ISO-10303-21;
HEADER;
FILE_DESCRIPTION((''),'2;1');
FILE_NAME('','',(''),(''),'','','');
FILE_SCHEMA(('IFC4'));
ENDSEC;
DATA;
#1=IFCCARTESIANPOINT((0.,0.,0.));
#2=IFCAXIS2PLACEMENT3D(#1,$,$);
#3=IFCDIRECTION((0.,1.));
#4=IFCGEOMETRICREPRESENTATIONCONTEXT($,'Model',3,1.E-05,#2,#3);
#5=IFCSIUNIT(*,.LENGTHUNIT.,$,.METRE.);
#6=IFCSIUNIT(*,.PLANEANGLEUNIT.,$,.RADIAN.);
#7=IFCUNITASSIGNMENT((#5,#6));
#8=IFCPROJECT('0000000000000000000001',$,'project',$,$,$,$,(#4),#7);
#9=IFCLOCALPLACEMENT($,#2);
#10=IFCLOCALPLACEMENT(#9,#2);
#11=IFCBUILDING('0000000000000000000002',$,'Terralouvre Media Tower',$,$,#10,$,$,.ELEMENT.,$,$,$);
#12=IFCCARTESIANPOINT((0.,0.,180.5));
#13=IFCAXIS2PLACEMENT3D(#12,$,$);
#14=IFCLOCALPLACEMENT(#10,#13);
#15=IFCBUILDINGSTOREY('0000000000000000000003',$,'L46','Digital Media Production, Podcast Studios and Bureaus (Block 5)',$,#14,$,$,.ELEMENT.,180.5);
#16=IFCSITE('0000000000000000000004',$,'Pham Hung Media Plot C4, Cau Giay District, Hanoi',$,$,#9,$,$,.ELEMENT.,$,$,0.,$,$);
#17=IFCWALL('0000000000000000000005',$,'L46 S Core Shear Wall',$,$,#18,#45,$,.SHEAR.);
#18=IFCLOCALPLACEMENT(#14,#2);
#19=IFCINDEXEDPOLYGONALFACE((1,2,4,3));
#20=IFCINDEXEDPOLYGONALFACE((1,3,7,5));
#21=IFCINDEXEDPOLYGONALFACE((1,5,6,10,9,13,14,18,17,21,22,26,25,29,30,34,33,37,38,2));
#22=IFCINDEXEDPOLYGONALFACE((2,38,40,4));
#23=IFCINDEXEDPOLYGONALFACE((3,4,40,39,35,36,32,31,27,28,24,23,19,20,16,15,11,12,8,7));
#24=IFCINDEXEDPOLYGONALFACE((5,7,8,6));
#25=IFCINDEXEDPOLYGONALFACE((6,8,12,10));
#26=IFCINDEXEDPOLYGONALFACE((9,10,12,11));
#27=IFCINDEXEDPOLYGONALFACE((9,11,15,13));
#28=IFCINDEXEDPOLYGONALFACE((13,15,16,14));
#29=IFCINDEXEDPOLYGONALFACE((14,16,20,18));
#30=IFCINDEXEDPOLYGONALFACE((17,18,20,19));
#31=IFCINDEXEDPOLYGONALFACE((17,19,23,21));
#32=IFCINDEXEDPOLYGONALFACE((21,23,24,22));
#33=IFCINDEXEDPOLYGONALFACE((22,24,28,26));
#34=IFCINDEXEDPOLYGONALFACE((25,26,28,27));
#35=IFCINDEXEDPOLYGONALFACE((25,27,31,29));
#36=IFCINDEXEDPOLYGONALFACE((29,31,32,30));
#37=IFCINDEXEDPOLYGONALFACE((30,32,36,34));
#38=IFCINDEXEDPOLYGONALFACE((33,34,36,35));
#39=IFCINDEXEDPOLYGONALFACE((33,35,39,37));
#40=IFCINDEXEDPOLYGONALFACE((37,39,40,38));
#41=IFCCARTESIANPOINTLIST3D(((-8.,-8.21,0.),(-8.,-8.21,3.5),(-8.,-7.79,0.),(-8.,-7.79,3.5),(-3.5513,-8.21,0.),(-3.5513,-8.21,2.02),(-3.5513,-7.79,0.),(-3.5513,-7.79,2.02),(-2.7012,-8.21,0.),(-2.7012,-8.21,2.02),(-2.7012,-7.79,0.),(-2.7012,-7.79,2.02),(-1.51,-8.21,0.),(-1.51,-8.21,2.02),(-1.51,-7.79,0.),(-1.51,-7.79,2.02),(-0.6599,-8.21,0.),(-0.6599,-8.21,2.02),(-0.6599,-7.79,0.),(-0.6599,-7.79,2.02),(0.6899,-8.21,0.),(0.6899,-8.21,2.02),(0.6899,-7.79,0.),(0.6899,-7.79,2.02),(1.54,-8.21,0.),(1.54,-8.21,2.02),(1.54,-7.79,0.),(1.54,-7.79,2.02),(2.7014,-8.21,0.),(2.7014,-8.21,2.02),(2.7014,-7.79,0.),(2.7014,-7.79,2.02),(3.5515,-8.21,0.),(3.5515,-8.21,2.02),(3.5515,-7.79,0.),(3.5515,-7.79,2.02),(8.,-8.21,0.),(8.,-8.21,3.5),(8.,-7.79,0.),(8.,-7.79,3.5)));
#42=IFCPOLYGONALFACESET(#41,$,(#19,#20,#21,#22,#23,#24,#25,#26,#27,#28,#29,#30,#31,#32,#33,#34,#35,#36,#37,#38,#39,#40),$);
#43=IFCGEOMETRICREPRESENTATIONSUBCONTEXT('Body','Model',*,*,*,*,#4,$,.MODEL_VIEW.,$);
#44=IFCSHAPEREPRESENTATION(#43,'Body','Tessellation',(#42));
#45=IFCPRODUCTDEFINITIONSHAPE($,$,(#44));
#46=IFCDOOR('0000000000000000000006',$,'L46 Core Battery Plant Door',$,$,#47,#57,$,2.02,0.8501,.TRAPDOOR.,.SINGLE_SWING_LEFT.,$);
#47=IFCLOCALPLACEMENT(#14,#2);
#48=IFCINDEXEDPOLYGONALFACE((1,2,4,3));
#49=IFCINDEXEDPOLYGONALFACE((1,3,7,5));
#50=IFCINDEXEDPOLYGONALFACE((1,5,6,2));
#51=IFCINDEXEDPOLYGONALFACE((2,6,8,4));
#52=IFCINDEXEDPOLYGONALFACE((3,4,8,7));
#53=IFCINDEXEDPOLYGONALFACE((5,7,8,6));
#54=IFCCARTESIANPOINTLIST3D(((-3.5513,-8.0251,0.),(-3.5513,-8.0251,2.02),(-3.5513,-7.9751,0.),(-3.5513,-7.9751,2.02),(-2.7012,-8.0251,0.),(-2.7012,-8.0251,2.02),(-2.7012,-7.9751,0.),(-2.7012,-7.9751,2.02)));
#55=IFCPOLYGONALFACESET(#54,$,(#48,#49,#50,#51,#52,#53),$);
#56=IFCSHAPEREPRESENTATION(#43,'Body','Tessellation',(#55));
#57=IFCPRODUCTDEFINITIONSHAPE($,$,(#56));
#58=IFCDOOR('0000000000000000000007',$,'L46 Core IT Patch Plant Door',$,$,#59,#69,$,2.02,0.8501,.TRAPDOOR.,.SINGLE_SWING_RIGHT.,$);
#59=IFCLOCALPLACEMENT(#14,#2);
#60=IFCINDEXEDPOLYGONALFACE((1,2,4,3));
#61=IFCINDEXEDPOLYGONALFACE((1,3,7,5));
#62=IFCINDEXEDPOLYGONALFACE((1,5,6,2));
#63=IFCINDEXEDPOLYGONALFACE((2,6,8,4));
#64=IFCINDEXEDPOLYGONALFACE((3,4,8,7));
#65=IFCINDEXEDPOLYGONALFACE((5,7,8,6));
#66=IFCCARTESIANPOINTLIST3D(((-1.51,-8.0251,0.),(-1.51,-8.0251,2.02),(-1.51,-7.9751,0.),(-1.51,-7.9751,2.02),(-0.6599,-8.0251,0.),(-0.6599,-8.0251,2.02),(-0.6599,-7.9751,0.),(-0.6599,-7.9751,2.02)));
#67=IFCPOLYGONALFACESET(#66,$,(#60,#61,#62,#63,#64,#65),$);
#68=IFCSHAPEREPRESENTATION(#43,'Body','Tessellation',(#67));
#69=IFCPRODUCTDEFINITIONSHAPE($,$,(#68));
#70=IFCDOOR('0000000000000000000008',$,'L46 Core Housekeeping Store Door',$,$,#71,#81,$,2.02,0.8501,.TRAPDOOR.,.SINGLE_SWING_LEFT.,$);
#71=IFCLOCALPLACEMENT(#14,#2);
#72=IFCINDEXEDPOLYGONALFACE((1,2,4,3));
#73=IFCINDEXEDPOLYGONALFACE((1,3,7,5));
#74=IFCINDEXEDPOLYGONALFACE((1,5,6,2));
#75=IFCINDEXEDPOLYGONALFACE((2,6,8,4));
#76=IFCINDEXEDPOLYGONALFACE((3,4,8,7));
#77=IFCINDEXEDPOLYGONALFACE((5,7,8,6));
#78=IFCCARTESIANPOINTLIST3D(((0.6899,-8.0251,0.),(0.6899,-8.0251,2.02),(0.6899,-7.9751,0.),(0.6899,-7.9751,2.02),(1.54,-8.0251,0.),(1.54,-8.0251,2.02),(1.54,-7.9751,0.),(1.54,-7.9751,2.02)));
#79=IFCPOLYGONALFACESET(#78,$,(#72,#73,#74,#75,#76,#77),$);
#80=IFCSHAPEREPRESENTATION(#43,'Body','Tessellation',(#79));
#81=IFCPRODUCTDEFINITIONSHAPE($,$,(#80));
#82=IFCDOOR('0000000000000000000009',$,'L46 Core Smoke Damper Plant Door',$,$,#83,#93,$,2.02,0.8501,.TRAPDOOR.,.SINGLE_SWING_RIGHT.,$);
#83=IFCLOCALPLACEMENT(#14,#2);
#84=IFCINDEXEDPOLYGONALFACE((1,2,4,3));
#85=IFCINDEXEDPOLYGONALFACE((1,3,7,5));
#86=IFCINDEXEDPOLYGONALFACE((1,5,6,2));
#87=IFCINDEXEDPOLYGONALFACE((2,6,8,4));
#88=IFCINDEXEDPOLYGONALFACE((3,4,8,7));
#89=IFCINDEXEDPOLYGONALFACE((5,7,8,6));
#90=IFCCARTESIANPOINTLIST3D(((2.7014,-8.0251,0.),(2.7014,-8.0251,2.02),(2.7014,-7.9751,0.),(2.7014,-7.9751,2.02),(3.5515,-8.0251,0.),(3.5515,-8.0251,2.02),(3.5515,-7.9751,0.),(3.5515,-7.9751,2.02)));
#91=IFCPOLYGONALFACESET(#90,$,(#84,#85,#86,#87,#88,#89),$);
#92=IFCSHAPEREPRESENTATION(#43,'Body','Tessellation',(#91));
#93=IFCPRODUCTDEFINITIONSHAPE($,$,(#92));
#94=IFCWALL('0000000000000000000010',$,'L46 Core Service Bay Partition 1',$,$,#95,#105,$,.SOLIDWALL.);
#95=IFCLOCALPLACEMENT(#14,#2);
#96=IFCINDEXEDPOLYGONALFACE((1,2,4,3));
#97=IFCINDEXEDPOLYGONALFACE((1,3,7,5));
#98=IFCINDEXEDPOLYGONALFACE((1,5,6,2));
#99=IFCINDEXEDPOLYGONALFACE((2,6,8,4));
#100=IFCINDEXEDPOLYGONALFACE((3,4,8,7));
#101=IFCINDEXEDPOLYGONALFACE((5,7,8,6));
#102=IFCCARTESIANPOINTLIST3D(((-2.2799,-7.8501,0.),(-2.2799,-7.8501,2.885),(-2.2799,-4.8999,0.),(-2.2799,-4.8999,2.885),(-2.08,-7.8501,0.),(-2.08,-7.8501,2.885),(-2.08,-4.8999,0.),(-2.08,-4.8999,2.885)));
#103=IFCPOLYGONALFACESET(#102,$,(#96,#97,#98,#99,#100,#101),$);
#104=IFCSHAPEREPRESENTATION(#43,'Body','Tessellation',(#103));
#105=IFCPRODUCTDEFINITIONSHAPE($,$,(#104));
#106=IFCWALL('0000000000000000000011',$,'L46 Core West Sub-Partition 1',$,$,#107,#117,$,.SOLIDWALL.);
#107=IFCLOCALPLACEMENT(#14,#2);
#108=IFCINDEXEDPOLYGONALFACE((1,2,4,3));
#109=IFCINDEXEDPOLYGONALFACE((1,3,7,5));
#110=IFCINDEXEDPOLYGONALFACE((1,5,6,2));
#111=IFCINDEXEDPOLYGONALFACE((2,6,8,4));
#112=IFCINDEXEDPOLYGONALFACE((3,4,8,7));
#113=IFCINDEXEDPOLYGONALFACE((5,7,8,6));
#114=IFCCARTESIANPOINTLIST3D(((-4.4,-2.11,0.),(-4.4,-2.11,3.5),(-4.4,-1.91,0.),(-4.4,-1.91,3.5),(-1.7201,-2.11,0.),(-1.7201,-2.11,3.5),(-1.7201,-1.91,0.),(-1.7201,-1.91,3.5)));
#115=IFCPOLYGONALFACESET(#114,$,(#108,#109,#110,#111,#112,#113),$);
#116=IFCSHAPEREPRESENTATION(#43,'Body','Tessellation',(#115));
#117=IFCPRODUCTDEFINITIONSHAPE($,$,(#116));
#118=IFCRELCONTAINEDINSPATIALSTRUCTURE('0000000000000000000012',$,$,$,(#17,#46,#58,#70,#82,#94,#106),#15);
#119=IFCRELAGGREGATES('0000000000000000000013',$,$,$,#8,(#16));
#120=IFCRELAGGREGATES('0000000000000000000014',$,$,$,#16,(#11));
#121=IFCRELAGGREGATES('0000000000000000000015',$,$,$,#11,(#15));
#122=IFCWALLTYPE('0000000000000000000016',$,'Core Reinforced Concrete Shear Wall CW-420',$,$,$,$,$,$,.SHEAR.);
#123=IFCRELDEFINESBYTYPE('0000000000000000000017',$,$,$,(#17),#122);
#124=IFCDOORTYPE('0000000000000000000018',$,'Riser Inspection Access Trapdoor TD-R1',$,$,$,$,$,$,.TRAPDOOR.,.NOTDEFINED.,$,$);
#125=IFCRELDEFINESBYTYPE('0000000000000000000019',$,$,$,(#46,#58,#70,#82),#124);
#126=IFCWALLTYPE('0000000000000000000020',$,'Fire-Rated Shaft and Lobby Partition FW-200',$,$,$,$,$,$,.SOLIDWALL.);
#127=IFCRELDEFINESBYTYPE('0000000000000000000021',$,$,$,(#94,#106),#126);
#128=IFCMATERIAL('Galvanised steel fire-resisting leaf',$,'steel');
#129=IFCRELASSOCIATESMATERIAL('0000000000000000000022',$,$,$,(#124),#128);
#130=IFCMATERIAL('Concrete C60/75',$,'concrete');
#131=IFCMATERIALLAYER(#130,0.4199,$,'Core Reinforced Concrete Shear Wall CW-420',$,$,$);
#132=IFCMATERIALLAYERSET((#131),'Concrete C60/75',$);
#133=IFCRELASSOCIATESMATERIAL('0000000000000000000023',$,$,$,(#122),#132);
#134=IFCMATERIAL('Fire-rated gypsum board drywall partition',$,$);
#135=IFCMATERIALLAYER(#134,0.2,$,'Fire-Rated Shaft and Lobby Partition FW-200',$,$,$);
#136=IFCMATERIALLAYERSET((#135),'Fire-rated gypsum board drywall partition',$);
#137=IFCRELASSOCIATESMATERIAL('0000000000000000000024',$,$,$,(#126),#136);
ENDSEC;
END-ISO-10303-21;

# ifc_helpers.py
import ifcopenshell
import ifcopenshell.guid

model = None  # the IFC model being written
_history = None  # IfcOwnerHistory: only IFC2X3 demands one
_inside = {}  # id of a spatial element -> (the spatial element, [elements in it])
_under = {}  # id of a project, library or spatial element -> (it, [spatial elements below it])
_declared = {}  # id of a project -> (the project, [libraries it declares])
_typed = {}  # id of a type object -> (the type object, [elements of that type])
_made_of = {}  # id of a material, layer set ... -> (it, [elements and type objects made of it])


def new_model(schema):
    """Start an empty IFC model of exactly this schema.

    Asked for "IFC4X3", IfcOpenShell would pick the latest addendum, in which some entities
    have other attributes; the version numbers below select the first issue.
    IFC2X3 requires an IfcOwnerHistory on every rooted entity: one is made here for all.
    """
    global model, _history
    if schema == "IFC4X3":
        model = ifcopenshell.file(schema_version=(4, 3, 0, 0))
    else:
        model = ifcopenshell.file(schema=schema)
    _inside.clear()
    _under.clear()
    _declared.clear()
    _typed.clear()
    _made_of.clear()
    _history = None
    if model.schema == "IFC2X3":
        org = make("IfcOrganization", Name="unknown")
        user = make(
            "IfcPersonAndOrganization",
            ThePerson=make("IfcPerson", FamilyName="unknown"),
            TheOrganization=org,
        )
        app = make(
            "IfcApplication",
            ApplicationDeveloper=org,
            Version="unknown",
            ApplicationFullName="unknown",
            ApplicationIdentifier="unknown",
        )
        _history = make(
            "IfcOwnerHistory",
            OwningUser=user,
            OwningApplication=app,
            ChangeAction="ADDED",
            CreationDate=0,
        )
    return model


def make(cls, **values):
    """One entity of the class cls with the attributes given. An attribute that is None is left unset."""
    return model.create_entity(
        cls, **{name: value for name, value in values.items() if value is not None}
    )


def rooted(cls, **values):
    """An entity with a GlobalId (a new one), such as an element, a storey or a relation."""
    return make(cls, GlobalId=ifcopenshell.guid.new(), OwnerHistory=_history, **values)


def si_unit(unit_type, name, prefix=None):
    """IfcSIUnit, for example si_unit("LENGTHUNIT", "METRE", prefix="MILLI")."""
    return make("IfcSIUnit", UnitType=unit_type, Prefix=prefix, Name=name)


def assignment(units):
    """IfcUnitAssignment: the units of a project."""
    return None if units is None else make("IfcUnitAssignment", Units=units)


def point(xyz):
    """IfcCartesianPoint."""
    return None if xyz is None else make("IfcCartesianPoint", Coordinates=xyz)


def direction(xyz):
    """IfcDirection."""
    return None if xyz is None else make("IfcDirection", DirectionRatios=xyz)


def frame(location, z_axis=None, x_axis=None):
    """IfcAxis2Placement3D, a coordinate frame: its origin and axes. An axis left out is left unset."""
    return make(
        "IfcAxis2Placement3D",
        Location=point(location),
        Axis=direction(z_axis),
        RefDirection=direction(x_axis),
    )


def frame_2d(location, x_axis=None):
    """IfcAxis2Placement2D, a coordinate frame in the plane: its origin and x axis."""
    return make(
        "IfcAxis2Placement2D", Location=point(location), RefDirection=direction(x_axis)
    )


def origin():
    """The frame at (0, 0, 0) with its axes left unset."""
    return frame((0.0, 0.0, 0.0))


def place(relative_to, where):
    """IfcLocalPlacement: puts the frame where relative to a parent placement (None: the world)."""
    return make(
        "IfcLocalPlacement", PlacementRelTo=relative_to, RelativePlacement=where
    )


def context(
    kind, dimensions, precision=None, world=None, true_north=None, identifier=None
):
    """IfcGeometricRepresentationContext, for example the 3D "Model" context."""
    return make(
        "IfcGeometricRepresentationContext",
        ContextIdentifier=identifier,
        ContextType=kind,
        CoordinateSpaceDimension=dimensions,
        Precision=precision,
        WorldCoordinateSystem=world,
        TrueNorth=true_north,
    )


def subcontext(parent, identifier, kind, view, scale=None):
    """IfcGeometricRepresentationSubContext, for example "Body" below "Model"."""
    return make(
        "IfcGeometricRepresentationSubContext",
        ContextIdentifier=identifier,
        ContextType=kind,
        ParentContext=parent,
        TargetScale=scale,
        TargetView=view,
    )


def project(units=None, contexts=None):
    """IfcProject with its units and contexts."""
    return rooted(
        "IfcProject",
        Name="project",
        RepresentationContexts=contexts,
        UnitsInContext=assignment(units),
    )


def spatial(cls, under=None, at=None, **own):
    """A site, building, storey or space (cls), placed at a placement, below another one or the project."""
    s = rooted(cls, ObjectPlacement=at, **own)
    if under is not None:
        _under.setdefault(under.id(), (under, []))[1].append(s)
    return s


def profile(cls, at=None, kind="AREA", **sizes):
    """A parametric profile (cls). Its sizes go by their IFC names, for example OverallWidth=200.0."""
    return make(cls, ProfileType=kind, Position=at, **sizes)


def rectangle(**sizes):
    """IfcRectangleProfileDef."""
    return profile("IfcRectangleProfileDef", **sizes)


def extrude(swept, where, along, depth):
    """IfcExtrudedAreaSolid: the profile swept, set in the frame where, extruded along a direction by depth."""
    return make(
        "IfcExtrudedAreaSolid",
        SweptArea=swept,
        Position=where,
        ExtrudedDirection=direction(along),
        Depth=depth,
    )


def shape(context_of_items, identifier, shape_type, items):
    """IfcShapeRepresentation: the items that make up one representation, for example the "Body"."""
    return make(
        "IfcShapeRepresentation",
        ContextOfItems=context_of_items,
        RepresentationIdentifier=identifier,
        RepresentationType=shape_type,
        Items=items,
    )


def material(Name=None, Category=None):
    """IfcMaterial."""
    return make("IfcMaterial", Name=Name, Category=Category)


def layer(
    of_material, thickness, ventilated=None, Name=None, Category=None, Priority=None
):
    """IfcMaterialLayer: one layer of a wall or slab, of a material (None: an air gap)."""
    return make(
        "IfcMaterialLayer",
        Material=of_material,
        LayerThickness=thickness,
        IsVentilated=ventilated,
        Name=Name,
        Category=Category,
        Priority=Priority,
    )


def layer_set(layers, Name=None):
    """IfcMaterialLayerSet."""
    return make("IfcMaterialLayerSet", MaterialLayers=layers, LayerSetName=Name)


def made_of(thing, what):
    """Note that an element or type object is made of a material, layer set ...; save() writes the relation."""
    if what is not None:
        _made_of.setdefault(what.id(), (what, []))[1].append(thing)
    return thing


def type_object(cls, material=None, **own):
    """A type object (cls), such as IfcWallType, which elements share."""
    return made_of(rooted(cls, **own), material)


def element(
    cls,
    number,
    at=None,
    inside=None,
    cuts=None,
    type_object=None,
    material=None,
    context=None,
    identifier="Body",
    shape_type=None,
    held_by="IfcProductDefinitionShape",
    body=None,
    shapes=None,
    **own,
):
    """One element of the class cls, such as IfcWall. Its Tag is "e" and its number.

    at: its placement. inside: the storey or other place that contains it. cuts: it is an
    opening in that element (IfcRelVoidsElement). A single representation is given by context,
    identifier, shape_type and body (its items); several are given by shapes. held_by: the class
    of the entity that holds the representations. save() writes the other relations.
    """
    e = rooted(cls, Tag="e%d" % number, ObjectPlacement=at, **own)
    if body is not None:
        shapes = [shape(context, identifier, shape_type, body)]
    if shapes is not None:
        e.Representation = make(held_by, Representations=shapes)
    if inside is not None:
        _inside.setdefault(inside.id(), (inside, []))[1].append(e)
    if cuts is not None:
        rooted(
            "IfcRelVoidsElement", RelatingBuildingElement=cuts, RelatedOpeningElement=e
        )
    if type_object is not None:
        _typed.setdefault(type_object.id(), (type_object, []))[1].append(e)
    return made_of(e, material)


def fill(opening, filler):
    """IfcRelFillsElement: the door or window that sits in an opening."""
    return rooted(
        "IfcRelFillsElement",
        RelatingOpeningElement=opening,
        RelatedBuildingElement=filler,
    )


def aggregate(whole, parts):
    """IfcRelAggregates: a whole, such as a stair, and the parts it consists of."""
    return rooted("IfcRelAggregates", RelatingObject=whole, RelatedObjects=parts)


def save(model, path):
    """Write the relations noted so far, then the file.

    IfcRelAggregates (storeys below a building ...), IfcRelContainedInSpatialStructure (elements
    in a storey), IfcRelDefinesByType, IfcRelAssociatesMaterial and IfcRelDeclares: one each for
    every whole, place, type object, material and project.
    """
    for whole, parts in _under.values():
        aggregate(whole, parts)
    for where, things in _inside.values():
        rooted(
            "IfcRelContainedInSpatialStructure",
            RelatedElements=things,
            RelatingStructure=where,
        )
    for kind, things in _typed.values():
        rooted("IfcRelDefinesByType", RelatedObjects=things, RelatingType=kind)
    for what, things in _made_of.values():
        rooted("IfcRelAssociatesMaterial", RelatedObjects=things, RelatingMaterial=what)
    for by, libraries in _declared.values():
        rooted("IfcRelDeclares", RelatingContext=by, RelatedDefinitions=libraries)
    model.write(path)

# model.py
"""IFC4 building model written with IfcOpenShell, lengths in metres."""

from ifc_helpers import new_model, si_unit, direction, frame, frame_2d, origin, place, context, subcontext, project, spatial, rectangle, extrude, material, layer, layer_set, type_object, element, fill, save


model = new_model("IFC4")

# Units and contexts
model_context = context("Model", 3, precision=1e-05, world=origin(), true_north=direction((0.0, 1.0)))
body_context = subcontext(model_context, "Body", "Model", "MODEL_VIEW")
ifc_project = project(units=[si_unit("LENGTHUNIT", "METRE"), si_unit("PLANEANGLEUNIT", "RADIAN")], contexts=[model_context])

# Site, building, storey
site_placement = place(None, origin())
site = spatial("IfcSite", under=ifc_project, at=site_placement, Name="Pham Hung Media Plot C4, Cau Giay District, Hanoi", CompositionType="ELEMENT", RefElevation=0.0)
building_placement = place(site_placement, origin())
building = spatial("IfcBuilding", under=site, at=building_placement, Name="Terralouvre Media Tower", CompositionType="ELEMENT")
storey_placement = place(building_placement, frame((0.0, 0.0, 180.5)))
storey = spatial("IfcBuildingStorey", under=building, at=storey_placement, Name="L46", Description="Digital Media Production, Podcast Studios and Bureaus (Block 5)", CompositionType="ELEMENT", Elevation=180.5)

# Wall, openings, doors
ifc_material_1 = material(Name="Galvanised steel fire-resisting leaf", Category="steel")
door_type_1 = type_object("IfcDoorType", Name="Riser Inspection Access Trapdoor TD-R1", OperationType="NOTDEFINED", PredefinedType="TRAPDOOR", material=ifc_material_1)
ifc_material_2 = material(Name="Concrete C60/75", Category="concrete")
ifc_layer_1 = layer(ifc_material_2, 0.4199, Name="Core Reinforced Concrete Shear Wall CW-420")
ifc_layer_set_1 = layer_set([ifc_layer_1], Name="Concrete C60/75")
wall_type_1 = type_object("IfcWallType", Name="Core Reinforced Concrete Shear Wall CW-420", PredefinedType="SHEAR", material=ifc_layer_set_1)
wall_1_placement = place(storey_placement, frame((-8.0, -8.0, 0.0), z_axis=(0.0, 0.0, 1.0), x_axis=(1.0, 0.0, 0.0)))
wall_1 = element("IfcWall", 1, at=wall_1_placement, inside=storey, type_object=wall_type_1, Name="L46 S Core Shear Wall", PredefinedType="SHEAR", context=body_context, shape_type="SweptSolid", body=[
    extrude(rectangle(XDim=16.0, YDim=0.4199, at=frame_2d((8.0, 0.0))), origin(), (0.0, 0.0, 1.0), 3.5),
])
opening_1_placement = place(wall_1_placement, frame((4.4487, 0.0, 0.0)))
opening_1 = element("IfcOpeningElement", 2, at=opening_1_placement, cuts=wall_1, PredefinedType="OPENING", context=body_context, shape_type="SweptSolid", body=[
    extrude(rectangle(XDim=0.8501, YDim=2.02, at=frame_2d((0.425, 1.01))), frame((0.0, 0.22, 0.0), z_axis=(0.0, -1.0, 0.0), x_axis=(1.0, 0.0, 0.0)), (0.0, 0.0, 1.0), 0.4399),
])
opening_2_placement = place(wall_1_placement, frame((6.49, 0.0, 0.0)))
opening_2 = element("IfcOpeningElement", 3, at=opening_2_placement, cuts=wall_1, PredefinedType="OPENING", context=body_context, shape_type="SweptSolid", body=[
    extrude(rectangle(XDim=0.8501, YDim=2.02, at=frame_2d((0.425, 1.01))), frame((0.0, 0.22, 0.0), z_axis=(0.0, -1.0, 0.0), x_axis=(1.0, 0.0, 0.0)), (0.0, 0.0, 1.0), 0.4399),
])
opening_3_placement = place(wall_1_placement, frame((8.6899, 0.0, 0.0)))
opening_3 = element("IfcOpeningElement", 4, at=opening_3_placement, cuts=wall_1, PredefinedType="OPENING", context=body_context, shape_type="SweptSolid", body=[
    extrude(rectangle(XDim=0.8501, YDim=2.02, at=frame_2d((0.425, 1.01))), frame((0.0, 0.22, 0.0), z_axis=(0.0, -1.0, 0.0), x_axis=(1.0, 0.0, 0.0)), (0.0, 0.0, 1.0), 0.4399),
])
opening_4_placement = place(wall_1_placement, frame((10.7014, 0.0, 0.0)))
opening_4 = element("IfcOpeningElement", 5, at=opening_4_placement, cuts=wall_1, PredefinedType="OPENING", context=body_context, shape_type="SweptSolid", body=[
    extrude(rectangle(XDim=0.8501, YDim=2.02, at=frame_2d((0.425, 1.01))), frame((0.0, 0.22, 0.0), z_axis=(0.0, -1.0, 0.0), x_axis=(1.0, 0.0, 0.0)), (0.0, 0.0, 1.0), 0.4399),
])
door_1_placement = place(opening_1_placement, origin())
door_1 = element("IfcDoor", 6, at=door_1_placement, inside=storey, type_object=door_type_1, Name="L46 Core Battery Plant Door", OperationType="SINGLE_SWING_LEFT", OverallHeight=2.02, OverallWidth=0.8501, PredefinedType="TRAPDOOR", context=body_context, shape_type="SweptSolid", body=[
    extrude(rectangle(XDim=0.8501, YDim=2.02, at=frame_2d((0.425, 1.01))), frame((0.0, 0.0249, 0.0), z_axis=(0.0, -1.0, 0.0), x_axis=(1.0, 0.0, 0.0)), (0.0, 0.0, 1.0), 0.05),
])
fill(opening_1, door_1)
door_2_placement = place(opening_2_placement, origin())
door_2 = element("IfcDoor", 7, at=door_2_placement, inside=storey, type_object=door_type_1, Name="L46 Core IT Patch Plant Door", OperationType="SINGLE_SWING_RIGHT", OverallHeight=2.02, OverallWidth=0.8501, PredefinedType="TRAPDOOR", context=body_context, shape_type="SweptSolid", body=[
    extrude(rectangle(XDim=0.8501, YDim=2.02, at=frame_2d((0.425, 1.01))), frame((0.0, 0.0249, 0.0), z_axis=(0.0, -1.0, 0.0), x_axis=(1.0, 0.0, 0.0)), (0.0, 0.0, 1.0), 0.05),
])
fill(opening_2, door_2)
door_3_placement = place(opening_3_placement, origin())
door_3 = element("IfcDoor", 8, at=door_3_placement, inside=storey, type_object=door_type_1, Name="L46 Core Housekeeping Store Door", OperationType="SINGLE_SWING_LEFT", OverallHeight=2.02, OverallWidth=0.8501, PredefinedType="TRAPDOOR", context=body_context, shape_type="SweptSolid", body=[
    extrude(rectangle(XDim=0.8501, YDim=2.02, at=frame_2d((0.425, 1.01))), frame((0.0, 0.0249, 0.0), z_axis=(0.0, -1.0, 0.0), x_axis=(1.0, 0.0, 0.0)), (0.0, 0.0, 1.0), 0.05),
])
fill(opening_3, door_3)
door_4_placement = place(opening_4_placement, origin())
door_4 = element("IfcDoor", 9, at=door_4_placement, inside=storey, type_object=door_type_1, Name="L46 Core Smoke Damper Plant Door", OperationType="SINGLE_SWING_RIGHT", OverallHeight=2.02, OverallWidth=0.8501, PredefinedType="TRAPDOOR", context=body_context, shape_type="SweptSolid", body=[
    extrude(rectangle(XDim=0.8501, YDim=2.02, at=frame_2d((0.425, 1.01))), frame((0.0, 0.0249, 0.0), z_axis=(0.0, -1.0, 0.0), x_axis=(1.0, 0.0, 0.0)), (0.0, 0.0, 1.0), 0.05),
])
fill(opening_4, door_4)

# Walls
ifc_material_3 = material(Name="Fire-rated gypsum board drywall partition")
ifc_layer_2 = layer(ifc_material_3, 0.2, Name="Fire-Rated Shaft and Lobby Partition FW-200")
ifc_layer_set_2 = layer_set([ifc_layer_2], Name="Fire-rated gypsum board drywall partition")
wall_type_2 = type_object("IfcWallType", Name="Fire-Rated Shaft and Lobby Partition FW-200", PredefinedType="SOLIDWALL", material=ifc_layer_set_2)
wall_2_placement = place(storey_placement, frame((-2.1799, -7.8501, 0.0), z_axis=(0.0, 0.0, 1.0), x_axis=(0.0, 1.0, 0.0)))
element("IfcWall", 10, at=wall_2_placement, inside=storey, type_object=wall_type_2, Name="L46 Core Service Bay Partition 1", PredefinedType="SOLIDWALL", context=body_context, shape_type="SweptSolid", body=[
    extrude(rectangle(XDim=2.9502, YDim=0.2, at=frame_2d((1.4751, 0.0))), origin(), (0.0, 0.0, 1.0), 2.885),
])
wall_3_placement = place(storey_placement, frame((-4.3999, -2.01, 0.0), z_axis=(0.0, 0.0, 1.0), x_axis=(1.0, 0.0, 0.0)))
element("IfcWall", 11, at=wall_3_placement, inside=storey, type_object=wall_type_2, Name="L46 Core West Sub-Partition 1", PredefinedType="SOLIDWALL", context=body_context, shape_type="SweptSolid", body=[
    extrude(rectangle(XDim=2.6799, YDim=0.2, at=frame_2d((1.3398, 0.0))), origin(), (0.0, 0.0, 1.0), 3.5),
])

save(model, "model.ifc")
